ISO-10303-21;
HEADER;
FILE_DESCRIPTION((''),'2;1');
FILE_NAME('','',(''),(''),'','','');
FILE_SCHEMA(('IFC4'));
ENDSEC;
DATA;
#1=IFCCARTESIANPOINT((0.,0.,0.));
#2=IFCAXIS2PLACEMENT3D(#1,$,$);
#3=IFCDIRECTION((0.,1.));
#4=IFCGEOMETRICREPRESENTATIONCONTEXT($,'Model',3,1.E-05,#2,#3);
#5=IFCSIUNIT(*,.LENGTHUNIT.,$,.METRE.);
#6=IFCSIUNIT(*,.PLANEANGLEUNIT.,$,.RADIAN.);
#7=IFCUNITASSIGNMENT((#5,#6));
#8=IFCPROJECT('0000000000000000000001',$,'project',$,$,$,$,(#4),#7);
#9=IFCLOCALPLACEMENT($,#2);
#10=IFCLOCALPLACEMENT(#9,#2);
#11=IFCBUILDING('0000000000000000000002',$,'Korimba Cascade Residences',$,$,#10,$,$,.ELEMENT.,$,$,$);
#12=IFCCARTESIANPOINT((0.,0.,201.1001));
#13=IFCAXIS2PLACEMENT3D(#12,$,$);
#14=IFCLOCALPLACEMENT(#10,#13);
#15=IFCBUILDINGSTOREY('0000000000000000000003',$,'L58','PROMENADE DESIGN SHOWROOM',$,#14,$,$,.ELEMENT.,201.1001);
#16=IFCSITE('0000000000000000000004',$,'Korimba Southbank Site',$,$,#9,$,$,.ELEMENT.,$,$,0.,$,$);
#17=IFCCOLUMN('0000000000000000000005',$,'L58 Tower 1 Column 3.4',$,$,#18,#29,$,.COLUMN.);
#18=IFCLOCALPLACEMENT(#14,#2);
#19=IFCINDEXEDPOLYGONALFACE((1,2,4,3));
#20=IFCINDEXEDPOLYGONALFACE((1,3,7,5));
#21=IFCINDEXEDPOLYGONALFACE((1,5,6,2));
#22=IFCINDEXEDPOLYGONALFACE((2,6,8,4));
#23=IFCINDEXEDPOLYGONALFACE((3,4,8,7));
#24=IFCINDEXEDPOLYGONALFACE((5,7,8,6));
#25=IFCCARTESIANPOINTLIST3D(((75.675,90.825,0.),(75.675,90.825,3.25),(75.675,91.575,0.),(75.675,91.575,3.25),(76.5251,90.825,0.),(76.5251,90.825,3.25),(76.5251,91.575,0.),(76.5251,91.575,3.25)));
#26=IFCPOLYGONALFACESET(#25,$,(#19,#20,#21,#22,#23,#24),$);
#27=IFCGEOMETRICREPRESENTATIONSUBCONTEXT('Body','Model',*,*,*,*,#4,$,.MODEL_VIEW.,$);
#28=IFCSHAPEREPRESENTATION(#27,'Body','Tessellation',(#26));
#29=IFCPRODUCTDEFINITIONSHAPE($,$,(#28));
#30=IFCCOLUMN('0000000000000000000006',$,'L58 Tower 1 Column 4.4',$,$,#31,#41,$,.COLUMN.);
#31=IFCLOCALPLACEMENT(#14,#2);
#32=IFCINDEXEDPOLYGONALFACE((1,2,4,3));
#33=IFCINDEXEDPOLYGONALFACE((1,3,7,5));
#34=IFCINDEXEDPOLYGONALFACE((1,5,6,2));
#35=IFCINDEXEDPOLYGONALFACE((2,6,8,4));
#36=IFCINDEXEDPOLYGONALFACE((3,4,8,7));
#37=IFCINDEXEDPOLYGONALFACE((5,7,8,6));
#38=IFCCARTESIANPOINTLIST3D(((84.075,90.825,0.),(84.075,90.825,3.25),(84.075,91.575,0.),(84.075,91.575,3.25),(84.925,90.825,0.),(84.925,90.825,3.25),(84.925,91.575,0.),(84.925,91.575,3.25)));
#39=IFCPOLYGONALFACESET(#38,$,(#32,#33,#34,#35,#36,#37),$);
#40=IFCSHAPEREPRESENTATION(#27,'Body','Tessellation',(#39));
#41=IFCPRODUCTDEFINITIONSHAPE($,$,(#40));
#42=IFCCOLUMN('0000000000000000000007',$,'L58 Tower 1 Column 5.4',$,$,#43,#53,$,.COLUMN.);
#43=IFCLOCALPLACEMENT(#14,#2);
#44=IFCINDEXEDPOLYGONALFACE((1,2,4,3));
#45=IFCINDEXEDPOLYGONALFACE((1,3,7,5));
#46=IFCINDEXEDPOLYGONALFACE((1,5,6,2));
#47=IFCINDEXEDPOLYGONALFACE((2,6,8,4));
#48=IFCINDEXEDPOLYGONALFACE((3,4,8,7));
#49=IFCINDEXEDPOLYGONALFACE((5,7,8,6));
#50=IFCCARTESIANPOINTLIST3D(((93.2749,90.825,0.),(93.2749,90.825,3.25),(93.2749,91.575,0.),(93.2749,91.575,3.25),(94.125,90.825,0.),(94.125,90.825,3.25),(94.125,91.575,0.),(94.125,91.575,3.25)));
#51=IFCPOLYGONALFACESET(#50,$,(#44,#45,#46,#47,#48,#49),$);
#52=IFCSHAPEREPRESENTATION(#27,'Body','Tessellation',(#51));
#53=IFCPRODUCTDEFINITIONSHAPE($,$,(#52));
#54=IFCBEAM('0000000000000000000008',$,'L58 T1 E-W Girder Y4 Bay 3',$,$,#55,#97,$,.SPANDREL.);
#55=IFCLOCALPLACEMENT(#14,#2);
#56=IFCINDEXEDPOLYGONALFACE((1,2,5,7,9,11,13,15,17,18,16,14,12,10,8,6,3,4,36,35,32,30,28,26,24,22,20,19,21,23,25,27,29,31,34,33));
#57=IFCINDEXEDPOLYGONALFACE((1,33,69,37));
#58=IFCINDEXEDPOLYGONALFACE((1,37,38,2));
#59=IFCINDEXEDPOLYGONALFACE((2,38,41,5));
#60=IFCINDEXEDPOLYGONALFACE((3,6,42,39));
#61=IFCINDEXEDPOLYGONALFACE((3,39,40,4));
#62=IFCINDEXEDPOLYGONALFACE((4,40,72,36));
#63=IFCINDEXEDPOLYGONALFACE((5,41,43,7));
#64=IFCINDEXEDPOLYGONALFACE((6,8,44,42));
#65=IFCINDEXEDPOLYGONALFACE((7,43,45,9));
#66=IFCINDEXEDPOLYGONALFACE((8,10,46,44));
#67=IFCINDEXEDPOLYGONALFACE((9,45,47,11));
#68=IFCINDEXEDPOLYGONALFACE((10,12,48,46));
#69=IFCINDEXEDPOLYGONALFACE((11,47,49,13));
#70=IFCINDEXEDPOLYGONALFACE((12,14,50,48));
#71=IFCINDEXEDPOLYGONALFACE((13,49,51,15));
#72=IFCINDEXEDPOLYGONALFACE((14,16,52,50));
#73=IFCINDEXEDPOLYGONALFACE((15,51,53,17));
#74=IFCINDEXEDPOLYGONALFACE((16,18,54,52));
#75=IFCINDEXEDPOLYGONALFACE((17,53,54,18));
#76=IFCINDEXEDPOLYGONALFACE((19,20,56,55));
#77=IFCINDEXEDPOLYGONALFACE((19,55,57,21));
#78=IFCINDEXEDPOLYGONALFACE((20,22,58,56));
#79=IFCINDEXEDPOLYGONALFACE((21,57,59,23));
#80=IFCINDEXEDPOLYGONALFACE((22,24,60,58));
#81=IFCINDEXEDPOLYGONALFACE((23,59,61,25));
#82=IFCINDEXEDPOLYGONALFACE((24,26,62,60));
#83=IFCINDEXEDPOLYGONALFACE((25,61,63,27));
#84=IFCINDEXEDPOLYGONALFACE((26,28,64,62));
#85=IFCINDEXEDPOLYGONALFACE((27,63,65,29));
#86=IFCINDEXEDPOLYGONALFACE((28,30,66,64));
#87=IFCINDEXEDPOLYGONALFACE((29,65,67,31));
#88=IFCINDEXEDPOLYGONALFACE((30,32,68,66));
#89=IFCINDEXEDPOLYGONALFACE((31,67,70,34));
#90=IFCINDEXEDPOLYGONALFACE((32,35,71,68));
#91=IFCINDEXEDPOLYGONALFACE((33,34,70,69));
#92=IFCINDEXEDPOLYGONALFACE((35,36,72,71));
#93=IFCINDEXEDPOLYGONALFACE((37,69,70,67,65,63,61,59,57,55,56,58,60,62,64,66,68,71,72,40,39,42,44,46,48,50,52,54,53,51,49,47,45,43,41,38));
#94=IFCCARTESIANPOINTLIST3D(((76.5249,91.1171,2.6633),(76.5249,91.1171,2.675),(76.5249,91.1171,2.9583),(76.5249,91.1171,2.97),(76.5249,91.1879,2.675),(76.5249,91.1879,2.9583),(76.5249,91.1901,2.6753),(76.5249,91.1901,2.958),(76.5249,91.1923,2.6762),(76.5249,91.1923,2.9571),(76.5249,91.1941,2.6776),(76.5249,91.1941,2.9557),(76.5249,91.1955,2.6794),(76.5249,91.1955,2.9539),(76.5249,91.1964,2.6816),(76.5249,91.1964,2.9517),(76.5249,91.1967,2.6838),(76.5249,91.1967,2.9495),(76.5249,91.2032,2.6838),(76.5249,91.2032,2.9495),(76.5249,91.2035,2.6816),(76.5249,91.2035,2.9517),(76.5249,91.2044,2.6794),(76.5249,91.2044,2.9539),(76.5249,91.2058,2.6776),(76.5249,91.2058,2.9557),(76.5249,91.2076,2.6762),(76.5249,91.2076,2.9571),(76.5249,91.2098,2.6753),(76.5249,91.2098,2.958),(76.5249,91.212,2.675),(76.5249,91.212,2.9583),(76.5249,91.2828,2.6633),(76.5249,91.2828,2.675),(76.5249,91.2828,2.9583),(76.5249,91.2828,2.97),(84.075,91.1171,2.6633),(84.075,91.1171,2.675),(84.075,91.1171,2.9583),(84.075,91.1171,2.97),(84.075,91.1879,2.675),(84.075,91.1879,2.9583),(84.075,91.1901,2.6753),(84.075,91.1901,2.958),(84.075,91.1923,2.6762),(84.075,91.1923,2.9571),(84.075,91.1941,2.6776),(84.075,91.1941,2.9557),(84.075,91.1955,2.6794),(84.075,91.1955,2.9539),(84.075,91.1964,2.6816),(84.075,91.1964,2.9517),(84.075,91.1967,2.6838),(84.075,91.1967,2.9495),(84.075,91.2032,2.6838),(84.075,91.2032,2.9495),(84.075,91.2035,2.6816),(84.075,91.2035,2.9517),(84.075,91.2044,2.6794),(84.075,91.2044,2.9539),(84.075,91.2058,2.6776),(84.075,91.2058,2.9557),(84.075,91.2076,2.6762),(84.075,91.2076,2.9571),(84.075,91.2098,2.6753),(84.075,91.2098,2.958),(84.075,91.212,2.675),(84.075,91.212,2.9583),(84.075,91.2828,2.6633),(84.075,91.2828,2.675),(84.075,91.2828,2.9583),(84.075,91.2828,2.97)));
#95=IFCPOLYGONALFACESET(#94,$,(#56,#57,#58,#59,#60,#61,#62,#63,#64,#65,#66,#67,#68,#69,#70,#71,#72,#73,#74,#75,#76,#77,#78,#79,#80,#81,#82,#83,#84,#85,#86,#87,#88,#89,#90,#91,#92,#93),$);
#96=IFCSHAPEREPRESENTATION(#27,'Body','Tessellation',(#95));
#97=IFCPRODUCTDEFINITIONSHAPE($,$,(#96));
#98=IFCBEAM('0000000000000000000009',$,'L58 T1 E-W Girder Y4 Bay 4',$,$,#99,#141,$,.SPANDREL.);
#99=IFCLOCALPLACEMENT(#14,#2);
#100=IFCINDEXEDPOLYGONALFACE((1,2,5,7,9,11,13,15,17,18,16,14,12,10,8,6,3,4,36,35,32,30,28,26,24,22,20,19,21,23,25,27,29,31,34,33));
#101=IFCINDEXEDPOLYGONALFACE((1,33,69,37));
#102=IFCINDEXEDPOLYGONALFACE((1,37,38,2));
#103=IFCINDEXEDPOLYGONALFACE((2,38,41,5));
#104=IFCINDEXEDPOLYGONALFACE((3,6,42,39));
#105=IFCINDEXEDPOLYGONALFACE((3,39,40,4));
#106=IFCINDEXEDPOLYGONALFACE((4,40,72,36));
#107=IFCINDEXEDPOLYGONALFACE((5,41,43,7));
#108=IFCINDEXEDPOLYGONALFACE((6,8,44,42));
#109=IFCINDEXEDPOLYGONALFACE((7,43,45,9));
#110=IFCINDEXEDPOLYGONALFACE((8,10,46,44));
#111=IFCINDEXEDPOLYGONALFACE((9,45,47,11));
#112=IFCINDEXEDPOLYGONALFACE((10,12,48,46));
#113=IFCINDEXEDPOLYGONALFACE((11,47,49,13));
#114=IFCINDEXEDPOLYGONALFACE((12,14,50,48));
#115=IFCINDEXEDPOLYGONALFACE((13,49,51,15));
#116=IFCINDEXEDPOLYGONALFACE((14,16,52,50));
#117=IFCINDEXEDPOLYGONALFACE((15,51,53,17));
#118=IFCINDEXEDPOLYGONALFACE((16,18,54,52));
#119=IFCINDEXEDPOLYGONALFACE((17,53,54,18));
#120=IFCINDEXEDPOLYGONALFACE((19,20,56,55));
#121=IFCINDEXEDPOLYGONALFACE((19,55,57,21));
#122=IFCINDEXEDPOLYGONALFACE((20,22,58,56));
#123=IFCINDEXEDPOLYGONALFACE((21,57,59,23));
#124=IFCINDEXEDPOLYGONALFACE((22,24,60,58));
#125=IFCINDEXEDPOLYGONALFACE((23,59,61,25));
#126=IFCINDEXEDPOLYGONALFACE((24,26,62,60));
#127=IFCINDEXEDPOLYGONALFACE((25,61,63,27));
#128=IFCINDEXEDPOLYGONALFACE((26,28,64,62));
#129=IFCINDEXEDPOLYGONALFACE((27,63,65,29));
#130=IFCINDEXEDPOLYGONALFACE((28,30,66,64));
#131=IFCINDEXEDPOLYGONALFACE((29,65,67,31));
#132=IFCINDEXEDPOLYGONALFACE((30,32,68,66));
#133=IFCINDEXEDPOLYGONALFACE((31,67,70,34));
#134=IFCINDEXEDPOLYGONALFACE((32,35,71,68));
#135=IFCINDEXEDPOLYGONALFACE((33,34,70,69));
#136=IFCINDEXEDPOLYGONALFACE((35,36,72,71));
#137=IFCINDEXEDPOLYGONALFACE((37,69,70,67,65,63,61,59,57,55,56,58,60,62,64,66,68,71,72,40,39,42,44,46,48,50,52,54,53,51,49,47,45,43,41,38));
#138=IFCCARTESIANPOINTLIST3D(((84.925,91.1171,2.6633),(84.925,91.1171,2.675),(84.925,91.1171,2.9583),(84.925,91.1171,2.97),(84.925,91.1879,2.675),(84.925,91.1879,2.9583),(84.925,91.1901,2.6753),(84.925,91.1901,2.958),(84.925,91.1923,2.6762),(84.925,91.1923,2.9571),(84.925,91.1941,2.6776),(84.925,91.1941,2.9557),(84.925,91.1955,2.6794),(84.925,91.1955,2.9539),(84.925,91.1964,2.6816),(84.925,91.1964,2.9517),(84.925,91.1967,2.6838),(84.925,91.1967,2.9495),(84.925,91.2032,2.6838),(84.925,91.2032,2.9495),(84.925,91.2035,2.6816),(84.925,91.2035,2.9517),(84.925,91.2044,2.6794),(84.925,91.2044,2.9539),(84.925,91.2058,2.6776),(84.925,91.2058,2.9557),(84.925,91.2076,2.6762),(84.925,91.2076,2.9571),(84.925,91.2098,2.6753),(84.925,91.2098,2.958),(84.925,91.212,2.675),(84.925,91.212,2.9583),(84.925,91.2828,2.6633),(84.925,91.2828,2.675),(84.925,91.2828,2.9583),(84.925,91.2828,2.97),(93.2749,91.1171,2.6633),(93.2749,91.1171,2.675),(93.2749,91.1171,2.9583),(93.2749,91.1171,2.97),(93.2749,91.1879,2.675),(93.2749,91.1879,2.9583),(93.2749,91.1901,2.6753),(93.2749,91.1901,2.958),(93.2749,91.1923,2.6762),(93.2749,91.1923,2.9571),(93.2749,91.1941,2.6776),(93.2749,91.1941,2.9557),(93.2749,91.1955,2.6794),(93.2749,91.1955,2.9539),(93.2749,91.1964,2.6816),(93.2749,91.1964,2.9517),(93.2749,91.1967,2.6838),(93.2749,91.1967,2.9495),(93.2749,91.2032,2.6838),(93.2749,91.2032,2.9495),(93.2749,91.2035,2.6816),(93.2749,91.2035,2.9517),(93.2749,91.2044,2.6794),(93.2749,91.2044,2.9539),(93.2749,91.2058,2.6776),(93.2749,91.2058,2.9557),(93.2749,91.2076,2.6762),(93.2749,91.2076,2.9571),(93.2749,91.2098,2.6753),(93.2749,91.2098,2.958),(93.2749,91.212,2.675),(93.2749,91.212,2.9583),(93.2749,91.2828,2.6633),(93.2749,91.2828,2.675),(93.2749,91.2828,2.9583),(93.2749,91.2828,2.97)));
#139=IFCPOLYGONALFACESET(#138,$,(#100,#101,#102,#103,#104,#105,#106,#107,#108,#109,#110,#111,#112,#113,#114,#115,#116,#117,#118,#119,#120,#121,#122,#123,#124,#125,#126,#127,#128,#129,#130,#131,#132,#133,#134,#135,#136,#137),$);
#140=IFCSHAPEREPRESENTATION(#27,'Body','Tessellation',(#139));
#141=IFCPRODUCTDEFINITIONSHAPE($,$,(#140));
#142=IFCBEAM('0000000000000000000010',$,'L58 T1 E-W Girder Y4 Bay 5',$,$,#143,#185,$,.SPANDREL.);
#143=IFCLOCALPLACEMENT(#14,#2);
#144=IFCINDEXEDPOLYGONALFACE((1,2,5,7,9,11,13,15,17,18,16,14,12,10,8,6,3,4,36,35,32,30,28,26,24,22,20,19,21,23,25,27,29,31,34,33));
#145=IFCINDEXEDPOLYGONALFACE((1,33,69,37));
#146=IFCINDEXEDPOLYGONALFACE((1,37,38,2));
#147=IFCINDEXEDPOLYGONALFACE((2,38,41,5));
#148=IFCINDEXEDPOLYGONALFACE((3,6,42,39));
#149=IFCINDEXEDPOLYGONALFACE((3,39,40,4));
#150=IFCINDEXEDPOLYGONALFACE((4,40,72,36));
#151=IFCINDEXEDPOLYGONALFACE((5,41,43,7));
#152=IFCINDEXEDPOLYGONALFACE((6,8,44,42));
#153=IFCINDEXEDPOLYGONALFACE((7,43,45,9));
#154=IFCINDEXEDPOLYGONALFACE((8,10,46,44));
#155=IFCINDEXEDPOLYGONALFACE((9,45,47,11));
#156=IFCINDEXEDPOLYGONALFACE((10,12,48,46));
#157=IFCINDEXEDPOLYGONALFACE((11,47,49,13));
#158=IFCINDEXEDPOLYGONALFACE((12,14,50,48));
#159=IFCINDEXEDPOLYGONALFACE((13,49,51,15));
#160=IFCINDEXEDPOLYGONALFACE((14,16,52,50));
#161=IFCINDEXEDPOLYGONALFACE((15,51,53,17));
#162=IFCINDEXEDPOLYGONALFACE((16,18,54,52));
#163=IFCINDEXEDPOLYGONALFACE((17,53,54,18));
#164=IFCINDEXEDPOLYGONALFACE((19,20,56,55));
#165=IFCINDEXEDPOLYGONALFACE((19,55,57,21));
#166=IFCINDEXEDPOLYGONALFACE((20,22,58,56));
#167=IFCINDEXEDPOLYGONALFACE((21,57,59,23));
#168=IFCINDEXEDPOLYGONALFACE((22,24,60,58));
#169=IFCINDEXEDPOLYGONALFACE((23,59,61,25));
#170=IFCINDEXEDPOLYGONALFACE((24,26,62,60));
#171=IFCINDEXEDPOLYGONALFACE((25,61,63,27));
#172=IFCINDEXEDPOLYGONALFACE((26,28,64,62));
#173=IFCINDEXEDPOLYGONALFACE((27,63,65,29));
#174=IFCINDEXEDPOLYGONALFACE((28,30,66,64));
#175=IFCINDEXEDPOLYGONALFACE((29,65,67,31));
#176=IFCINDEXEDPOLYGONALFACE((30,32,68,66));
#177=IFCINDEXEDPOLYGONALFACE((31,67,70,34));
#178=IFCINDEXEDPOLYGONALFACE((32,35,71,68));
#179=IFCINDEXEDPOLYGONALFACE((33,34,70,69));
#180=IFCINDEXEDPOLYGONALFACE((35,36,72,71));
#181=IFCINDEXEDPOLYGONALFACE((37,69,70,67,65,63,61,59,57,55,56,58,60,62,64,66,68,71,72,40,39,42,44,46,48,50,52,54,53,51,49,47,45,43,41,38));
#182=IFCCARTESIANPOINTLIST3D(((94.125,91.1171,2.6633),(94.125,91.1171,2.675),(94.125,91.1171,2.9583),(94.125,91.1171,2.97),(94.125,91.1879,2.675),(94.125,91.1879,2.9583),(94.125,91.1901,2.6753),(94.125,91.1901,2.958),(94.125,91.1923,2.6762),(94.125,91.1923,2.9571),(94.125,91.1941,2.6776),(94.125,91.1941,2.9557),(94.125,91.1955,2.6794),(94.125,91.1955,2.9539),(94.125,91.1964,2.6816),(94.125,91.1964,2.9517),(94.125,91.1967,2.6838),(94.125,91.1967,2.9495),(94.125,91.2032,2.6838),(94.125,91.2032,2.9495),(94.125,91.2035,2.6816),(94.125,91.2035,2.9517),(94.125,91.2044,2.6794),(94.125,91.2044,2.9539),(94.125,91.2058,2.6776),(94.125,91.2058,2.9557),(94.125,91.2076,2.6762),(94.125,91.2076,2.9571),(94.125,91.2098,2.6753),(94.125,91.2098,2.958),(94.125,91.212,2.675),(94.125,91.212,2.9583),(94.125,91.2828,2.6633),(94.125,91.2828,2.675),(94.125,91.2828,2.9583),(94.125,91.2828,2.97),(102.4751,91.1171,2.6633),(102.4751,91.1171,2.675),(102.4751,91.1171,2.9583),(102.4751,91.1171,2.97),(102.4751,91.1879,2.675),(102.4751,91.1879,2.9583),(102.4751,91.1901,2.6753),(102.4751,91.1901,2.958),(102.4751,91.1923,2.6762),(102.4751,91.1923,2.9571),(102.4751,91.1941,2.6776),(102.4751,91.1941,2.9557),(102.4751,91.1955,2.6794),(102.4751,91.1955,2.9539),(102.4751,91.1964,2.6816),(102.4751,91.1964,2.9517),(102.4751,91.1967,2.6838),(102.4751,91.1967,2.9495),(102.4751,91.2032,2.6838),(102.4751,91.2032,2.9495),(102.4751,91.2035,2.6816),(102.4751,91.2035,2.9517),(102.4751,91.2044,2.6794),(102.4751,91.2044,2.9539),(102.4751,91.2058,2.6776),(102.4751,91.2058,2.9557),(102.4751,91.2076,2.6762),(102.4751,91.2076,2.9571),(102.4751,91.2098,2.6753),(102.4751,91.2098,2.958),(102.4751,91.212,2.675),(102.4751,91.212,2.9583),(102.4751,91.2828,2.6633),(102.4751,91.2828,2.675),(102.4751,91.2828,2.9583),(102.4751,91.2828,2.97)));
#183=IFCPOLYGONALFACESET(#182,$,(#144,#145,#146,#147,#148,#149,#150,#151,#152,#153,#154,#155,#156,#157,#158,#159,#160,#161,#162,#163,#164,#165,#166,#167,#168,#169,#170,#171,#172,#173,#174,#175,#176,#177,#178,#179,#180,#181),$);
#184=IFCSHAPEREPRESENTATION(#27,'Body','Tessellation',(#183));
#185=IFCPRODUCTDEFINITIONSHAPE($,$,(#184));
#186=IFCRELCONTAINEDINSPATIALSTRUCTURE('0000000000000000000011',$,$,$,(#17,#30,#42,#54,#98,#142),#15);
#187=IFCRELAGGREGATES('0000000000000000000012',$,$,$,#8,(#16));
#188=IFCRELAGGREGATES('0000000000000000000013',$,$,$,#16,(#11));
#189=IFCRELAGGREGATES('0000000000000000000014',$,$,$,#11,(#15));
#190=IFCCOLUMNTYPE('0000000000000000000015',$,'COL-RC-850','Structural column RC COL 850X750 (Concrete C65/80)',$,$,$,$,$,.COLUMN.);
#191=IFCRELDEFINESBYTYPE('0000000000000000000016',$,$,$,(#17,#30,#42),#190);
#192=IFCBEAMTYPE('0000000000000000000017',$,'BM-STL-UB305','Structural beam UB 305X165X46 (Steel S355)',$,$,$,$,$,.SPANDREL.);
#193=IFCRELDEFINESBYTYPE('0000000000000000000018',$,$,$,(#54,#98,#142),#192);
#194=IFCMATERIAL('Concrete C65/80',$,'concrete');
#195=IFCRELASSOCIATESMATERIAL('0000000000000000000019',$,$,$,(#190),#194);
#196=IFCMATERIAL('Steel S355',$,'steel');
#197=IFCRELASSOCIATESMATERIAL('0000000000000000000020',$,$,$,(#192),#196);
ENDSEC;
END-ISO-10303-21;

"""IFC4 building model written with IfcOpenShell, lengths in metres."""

from ifc_helpers import new_model, si_unit, direction, frame, origin, origin_2d, place, context, subcontext, project, spatial, rectangle, i_section, extrude, material, material_profile, profile_set, type_object, element, save


model = new_model("IFC4")

# Units and contexts
model_context = context("Model", 3, precision=1e-05, world=origin(), true_north=direction((0.0, 1.0)))
body_context = subcontext(model_context, "Body", "Model", "MODEL_VIEW")
ifc_project = project(units=[si_unit("LENGTHUNIT", "METRE"), si_unit("PLANEANGLEUNIT", "RADIAN")], contexts=[model_context])

# Site, building, storey
site_placement = place(None, origin())
site = spatial("IfcSite", under=ifc_project, at=site_placement, Name="Korimba Southbank Site", CompositionType="ELEMENT", RefElevation=0.0)
building_placement = place(site_placement, origin())
building = spatial("IfcBuilding", under=site, at=building_placement, Name="Korimba Cascade Residences", CompositionType="ELEMENT")
storey_placement = place(building_placement, frame((0.0, 0.0, 201.1001)))
storey = spatial("IfcBuildingStorey", under=building, at=storey_placement, Name="L58", Description="PROMENADE DESIGN SHOWROOM", CompositionType="ELEMENT", Elevation=201.1001)

# Columns
ifc_material_1 = material(Name="Concrete C65/80", Category="concrete")
ifc_material_profile_1 = material_profile(ifc_material_1, rectangle(XDim=0.8501, YDim=0.75, at=origin_2d()), Name="Concrete C65/80")
ifc_profile_set_1 = profile_set([ifc_material_profile_1], Name="Concrete C65/80")
column_type = type_object("IfcColumnType", Name="COL-RC-850", Description="Structural column RC COL 850X750 (Concrete C65/80)", PredefinedType="COLUMN", material=ifc_profile_set_1)
for number, where, z_axis, x_axis, name in (
    (1, (76.1001, 91.2, 0.0), (0.0, 0.0, 1.0), (1.0, 0.0, 0.0), "L58 Tower 1 Column 3.4"),
    (2, (84.5, 91.2, 0.0), (0.0, 0.0, 1.0), (1.0, 0.0, 0.0), "L58 Tower 1 Column 4.4"),
    (3, (93.7, 91.2, 0.0), (0.0, 0.0, 1.0), (1.0, 0.0, 0.0), "L58 Tower 1 Column 5.4"),
):
    element("IfcColumn", number, at=place(storey_placement, frame(where, z_axis=z_axis, x_axis=x_axis)), inside=storey, type_object=column_type, Name=name, PredefinedType="COLUMN", context=body_context, shape_type="SweptSolid", body=[
        extrude(rectangle(XDim=0.8501, YDim=0.75, at=origin_2d()), origin(), (0.0, 0.0, 1.0), 3.25),
    ])

# Beams
ifc_material_2 = material(Name="Steel S355", Category="steel")
ifc_material_profile_2 = material_profile(ifc_material_2, i_section(OverallWidth=0.1658, OverallDepth=0.3066, WebThickness=0.0066, FlangeThickness=0.0117, FilletRadius=0.0088, at=origin_2d()), Name="Steel S355")
ifc_profile_set_2 = profile_set([ifc_material_profile_2], Name="Steel S355")
beam_type_1 = type_object("IfcBeamType", Name="BM-STL-UB305", Description="Structural beam UB 305X165X46 (Steel S355)", PredefinedType="SPANDREL", material=ifc_profile_set_2)
beam_1_placement = place(storey_placement, frame((76.5249, 91.2, 2.8167), z_axis=(1.0, 0.0, 0.0), x_axis=(0.0, 1.0, 0.0)))
element("IfcBeam", 4, at=beam_1_placement, inside=storey, type_object=beam_type_1, Name="L58 T1 E-W Girder Y4 Bay 3", PredefinedType="SPANDREL", context=body_context, shape_type="SweptSolid", body=[
    extrude(i_section(OverallWidth=0.1658, OverallDepth=0.3066, WebThickness=0.0066, FlangeThickness=0.0117, FilletRadius=0.0088, at=origin_2d()), origin(), (0.0, 0.0, 1.0), 7.55),
])
beam_2_placement = place(storey_placement, frame((84.925, 91.2, 2.8167), z_axis=(1.0, 0.0, 0.0), x_axis=(0.0, 1.0, 0.0)))
element("IfcBeam", 5, at=beam_2_placement, inside=storey, type_object=beam_type_1, Name="L58 T1 E-W Girder Y4 Bay 4", PredefinedType="SPANDREL", context=body_context, shape_type="SweptSolid", body=[
    extrude(i_section(OverallWidth=0.1658, OverallDepth=0.3066, WebThickness=0.0066, FlangeThickness=0.0117, FilletRadius=0.0088, at=origin_2d()), origin(), (0.0, 0.0, 1.0), 8.3499),
])
beam_3_placement = place(storey_placement, frame((94.125, 91.2, 2.8167), z_axis=(1.0, 0.0, 0.0), x_axis=(0.0, 1.0, 0.0)))
element("IfcBeam", 6, at=beam_3_placement, inside=storey, type_object=beam_type_1, Name="L58 T1 E-W Girder Y4 Bay 5", PredefinedType="SPANDREL", context=body_context, shape_type="SweptSolid", body=[
    extrude(i_section(OverallWidth=0.1658, OverallDepth=0.3066, WebThickness=0.0066, FlangeThickness=0.0117, FilletRadius=0.0088, at=origin_2d()), origin(), (0.0, 0.0, 1.0), 8.3501),
])

save(model, "model.ifc")
